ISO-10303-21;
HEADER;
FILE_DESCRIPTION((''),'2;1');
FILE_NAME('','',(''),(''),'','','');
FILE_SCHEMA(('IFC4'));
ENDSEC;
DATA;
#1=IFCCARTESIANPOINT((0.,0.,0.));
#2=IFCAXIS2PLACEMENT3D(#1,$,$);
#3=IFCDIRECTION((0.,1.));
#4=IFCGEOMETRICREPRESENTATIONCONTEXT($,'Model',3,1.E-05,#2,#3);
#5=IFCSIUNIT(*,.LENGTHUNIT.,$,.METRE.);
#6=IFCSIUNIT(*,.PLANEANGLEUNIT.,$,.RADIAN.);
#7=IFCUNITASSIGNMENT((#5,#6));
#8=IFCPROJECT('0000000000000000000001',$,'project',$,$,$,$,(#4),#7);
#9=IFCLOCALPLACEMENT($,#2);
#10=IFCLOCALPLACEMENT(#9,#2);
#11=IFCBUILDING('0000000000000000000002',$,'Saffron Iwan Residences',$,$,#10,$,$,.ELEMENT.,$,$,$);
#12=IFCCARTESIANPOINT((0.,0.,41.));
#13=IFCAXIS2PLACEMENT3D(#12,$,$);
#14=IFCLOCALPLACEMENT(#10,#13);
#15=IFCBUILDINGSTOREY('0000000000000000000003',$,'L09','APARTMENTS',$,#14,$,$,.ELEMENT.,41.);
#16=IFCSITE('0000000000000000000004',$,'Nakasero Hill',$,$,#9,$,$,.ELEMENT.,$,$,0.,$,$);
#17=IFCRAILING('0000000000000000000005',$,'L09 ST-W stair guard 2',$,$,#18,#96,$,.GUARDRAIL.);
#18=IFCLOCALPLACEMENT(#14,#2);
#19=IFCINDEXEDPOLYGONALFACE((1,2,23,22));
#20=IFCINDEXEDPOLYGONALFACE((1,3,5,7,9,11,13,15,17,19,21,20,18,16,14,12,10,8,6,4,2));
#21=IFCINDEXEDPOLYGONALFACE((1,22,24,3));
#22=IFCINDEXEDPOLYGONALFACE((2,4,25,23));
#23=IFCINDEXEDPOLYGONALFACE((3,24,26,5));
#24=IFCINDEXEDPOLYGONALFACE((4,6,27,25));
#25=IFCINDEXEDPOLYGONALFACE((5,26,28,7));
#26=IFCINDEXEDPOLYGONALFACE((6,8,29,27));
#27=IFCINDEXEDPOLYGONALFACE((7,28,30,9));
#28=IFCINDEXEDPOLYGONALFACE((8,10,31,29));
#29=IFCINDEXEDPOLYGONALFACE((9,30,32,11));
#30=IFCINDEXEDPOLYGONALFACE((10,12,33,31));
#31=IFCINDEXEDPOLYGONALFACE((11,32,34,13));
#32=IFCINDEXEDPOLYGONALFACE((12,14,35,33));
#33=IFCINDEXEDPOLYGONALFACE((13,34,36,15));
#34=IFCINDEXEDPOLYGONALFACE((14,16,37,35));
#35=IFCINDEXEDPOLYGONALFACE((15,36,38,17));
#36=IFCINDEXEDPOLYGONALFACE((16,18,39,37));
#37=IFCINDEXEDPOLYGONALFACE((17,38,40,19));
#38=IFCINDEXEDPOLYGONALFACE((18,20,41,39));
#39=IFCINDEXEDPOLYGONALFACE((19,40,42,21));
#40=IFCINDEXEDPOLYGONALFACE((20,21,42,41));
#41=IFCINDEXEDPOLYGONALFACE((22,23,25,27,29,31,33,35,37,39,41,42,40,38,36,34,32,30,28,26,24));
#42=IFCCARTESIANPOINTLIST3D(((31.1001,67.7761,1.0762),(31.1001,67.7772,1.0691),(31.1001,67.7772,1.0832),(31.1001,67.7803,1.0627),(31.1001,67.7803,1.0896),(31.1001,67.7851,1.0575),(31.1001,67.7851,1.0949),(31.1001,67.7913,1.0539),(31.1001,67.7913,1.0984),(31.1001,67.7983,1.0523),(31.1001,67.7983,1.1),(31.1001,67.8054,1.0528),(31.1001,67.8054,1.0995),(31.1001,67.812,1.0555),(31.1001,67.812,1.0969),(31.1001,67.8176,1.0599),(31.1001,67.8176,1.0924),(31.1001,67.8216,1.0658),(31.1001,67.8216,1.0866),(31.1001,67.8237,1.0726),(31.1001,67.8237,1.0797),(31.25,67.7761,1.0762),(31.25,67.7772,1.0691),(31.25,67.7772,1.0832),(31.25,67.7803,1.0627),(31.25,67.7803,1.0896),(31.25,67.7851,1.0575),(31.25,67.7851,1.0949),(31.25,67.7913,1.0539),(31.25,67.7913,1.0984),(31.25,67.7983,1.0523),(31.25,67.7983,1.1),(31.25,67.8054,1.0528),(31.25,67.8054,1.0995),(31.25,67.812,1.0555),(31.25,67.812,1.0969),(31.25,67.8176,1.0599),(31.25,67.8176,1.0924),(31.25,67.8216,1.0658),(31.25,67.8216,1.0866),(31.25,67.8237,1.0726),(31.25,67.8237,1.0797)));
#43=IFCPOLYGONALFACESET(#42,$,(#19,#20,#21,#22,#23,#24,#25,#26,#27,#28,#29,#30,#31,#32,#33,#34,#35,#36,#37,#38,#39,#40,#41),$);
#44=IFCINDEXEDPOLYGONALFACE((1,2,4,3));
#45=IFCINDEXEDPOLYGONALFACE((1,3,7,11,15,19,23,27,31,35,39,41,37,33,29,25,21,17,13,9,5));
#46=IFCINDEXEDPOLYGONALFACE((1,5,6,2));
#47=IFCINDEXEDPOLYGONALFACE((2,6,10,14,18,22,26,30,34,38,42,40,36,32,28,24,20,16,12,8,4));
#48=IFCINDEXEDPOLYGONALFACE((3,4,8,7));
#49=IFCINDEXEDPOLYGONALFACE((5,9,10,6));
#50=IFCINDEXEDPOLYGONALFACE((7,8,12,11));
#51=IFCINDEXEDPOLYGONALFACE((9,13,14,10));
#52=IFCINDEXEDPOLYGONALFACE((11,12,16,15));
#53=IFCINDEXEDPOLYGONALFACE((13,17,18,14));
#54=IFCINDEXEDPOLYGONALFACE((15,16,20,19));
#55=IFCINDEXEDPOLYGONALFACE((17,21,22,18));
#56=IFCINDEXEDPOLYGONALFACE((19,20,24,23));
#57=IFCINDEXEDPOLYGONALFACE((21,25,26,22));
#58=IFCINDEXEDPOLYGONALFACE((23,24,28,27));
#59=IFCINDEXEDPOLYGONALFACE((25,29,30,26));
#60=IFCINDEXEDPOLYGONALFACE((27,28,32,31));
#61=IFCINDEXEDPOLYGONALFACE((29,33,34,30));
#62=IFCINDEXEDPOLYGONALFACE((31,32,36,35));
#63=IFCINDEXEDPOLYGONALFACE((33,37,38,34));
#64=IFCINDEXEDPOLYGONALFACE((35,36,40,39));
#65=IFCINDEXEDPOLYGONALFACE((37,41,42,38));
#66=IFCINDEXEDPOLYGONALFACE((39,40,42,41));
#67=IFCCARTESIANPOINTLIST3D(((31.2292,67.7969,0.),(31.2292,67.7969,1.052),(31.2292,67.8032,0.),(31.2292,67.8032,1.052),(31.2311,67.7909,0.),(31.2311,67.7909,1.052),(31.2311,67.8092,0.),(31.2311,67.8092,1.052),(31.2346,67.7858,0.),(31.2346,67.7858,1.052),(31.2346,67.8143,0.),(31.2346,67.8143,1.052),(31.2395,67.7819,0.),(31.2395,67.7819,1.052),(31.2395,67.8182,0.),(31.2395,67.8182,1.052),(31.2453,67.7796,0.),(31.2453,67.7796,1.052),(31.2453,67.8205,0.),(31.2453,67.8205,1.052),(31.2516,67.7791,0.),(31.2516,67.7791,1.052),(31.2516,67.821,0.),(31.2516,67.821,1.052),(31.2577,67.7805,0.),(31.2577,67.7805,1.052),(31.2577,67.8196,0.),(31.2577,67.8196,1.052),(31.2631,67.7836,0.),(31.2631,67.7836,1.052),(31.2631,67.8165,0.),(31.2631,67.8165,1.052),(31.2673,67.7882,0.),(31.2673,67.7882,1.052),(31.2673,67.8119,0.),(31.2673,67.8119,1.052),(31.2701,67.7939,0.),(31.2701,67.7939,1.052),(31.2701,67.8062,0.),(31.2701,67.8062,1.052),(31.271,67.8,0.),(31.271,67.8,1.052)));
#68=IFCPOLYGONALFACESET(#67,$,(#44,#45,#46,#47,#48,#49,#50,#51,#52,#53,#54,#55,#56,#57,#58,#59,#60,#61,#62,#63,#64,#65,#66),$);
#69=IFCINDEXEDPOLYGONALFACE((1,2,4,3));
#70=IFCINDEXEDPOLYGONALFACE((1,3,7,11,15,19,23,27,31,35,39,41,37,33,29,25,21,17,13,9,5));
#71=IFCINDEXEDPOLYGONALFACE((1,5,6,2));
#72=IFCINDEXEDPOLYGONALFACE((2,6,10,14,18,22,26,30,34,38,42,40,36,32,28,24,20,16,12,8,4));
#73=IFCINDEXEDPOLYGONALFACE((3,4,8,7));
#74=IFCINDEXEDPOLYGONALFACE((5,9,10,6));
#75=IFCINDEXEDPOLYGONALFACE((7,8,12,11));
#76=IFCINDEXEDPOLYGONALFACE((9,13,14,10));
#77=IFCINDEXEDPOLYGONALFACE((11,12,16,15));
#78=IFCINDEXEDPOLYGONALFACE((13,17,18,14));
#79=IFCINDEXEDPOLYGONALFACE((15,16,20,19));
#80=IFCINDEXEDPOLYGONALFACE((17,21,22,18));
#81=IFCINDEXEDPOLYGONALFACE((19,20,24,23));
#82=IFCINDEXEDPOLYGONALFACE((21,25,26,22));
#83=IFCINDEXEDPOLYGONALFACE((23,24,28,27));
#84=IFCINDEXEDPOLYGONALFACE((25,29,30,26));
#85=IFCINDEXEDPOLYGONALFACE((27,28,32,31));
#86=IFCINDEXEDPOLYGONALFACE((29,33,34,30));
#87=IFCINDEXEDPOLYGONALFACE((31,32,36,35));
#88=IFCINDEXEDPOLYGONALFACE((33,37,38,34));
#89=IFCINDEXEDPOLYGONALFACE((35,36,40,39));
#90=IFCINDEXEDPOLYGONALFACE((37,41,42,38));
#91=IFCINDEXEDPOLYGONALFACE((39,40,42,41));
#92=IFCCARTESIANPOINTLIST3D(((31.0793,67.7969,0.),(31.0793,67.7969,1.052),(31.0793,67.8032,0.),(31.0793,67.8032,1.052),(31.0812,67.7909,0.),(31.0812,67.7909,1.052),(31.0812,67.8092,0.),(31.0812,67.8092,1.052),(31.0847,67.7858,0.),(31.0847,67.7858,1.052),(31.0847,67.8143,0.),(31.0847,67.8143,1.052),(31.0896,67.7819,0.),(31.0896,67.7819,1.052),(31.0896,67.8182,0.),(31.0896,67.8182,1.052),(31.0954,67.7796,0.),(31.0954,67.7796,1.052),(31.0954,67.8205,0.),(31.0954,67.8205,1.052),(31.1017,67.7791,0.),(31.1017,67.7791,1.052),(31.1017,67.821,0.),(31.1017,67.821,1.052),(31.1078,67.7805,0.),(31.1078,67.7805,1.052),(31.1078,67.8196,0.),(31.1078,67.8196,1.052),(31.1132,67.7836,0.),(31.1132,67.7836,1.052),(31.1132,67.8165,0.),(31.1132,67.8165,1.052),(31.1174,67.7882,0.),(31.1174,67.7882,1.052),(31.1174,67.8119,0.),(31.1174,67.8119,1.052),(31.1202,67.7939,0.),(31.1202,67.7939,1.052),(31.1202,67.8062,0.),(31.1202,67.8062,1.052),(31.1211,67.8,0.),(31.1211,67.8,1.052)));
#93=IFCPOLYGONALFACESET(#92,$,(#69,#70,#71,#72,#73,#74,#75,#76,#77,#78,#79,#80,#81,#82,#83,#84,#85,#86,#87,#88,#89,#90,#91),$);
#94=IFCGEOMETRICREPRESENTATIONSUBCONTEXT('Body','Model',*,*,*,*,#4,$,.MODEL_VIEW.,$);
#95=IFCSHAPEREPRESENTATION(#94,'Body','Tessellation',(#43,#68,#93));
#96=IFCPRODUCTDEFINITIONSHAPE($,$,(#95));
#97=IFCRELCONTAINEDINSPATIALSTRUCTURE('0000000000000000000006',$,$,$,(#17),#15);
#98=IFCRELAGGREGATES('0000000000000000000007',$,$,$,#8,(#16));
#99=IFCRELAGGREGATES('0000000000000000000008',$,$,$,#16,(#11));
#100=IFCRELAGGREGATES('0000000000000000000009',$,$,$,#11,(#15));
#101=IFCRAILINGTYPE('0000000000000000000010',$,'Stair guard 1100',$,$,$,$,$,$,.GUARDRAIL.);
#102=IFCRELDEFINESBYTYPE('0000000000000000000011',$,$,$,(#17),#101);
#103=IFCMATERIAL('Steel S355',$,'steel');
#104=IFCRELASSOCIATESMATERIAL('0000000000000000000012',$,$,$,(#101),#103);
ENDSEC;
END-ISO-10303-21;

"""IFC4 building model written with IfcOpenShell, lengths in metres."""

from ifc_helpers import new_model, si_unit, direction, frame, origin, origin_2d, place, context, subcontext, project, spatial, circle, extrude, material, type_object, element, save


model = new_model("IFC4")

# Units and contexts
model_context = context("Model", 3, precision=1e-05, world=origin(), true_north=direction((0.0, 1.0)))
body_context = subcontext(model_context, "Body", "Model", "MODEL_VIEW")
ifc_project = project(units=[si_unit("LENGTHUNIT", "METRE"), si_unit("PLANEANGLEUNIT", "RADIAN")], contexts=[model_context])

# Site, building, storey
site_placement = place(None, origin())
site = spatial("IfcSite", under=ifc_project, at=site_placement, Name="Nakasero Hill", CompositionType="ELEMENT", RefElevation=0.0)
building_placement = place(site_placement, origin())
building = spatial("IfcBuilding", under=site, at=building_placement, Name="Saffron Iwan Residences", CompositionType="ELEMENT")
storey_placement = place(building_placement, frame((0.0, 0.0, 41.0)))
storey = spatial("IfcBuildingStorey", under=building, at=storey_placement, Name="L09", Description="APARTMENTS", CompositionType="ELEMENT", Elevation=41.0)

# Railing
ifc_material_1 = material(Name="Steel S355", Category="steel")
railing_type_1 = type_object("IfcRailingType", Name="Stair guard 1100", PredefinedType="GUARDRAIL", material=ifc_material_1)
railing_1_placement = place(storey_placement, frame((31.25, 67.8, 0.0)))
element("IfcRailing", 1, at=railing_1_placement, inside=storey, type_object=railing_type_1, Name="L09 ST-W stair guard 2", PredefinedType="GUARDRAIL", context=body_context, shape_type="SweptSolid", body=[
    extrude(circle(Radius=0.0239, at=origin_2d()), frame((0.0, 0.0, 1.0762), z_axis=(-1.0, 0.0, 0.0), x_axis=(0.0, -1.0, 0.0)), (0.0, 0.0, 1.0), 0.1499),
    extrude(circle(Radius=0.021, at=origin_2d()), origin(), (0.0, 0.0, 1.0), 1.052),
    extrude(circle(Radius=0.021, at=origin_2d()), frame((-0.1499, 0.0, 0.0)), (0.0, 0.0, 1.0), 1.052),
])

save(model, "model.ifc")
